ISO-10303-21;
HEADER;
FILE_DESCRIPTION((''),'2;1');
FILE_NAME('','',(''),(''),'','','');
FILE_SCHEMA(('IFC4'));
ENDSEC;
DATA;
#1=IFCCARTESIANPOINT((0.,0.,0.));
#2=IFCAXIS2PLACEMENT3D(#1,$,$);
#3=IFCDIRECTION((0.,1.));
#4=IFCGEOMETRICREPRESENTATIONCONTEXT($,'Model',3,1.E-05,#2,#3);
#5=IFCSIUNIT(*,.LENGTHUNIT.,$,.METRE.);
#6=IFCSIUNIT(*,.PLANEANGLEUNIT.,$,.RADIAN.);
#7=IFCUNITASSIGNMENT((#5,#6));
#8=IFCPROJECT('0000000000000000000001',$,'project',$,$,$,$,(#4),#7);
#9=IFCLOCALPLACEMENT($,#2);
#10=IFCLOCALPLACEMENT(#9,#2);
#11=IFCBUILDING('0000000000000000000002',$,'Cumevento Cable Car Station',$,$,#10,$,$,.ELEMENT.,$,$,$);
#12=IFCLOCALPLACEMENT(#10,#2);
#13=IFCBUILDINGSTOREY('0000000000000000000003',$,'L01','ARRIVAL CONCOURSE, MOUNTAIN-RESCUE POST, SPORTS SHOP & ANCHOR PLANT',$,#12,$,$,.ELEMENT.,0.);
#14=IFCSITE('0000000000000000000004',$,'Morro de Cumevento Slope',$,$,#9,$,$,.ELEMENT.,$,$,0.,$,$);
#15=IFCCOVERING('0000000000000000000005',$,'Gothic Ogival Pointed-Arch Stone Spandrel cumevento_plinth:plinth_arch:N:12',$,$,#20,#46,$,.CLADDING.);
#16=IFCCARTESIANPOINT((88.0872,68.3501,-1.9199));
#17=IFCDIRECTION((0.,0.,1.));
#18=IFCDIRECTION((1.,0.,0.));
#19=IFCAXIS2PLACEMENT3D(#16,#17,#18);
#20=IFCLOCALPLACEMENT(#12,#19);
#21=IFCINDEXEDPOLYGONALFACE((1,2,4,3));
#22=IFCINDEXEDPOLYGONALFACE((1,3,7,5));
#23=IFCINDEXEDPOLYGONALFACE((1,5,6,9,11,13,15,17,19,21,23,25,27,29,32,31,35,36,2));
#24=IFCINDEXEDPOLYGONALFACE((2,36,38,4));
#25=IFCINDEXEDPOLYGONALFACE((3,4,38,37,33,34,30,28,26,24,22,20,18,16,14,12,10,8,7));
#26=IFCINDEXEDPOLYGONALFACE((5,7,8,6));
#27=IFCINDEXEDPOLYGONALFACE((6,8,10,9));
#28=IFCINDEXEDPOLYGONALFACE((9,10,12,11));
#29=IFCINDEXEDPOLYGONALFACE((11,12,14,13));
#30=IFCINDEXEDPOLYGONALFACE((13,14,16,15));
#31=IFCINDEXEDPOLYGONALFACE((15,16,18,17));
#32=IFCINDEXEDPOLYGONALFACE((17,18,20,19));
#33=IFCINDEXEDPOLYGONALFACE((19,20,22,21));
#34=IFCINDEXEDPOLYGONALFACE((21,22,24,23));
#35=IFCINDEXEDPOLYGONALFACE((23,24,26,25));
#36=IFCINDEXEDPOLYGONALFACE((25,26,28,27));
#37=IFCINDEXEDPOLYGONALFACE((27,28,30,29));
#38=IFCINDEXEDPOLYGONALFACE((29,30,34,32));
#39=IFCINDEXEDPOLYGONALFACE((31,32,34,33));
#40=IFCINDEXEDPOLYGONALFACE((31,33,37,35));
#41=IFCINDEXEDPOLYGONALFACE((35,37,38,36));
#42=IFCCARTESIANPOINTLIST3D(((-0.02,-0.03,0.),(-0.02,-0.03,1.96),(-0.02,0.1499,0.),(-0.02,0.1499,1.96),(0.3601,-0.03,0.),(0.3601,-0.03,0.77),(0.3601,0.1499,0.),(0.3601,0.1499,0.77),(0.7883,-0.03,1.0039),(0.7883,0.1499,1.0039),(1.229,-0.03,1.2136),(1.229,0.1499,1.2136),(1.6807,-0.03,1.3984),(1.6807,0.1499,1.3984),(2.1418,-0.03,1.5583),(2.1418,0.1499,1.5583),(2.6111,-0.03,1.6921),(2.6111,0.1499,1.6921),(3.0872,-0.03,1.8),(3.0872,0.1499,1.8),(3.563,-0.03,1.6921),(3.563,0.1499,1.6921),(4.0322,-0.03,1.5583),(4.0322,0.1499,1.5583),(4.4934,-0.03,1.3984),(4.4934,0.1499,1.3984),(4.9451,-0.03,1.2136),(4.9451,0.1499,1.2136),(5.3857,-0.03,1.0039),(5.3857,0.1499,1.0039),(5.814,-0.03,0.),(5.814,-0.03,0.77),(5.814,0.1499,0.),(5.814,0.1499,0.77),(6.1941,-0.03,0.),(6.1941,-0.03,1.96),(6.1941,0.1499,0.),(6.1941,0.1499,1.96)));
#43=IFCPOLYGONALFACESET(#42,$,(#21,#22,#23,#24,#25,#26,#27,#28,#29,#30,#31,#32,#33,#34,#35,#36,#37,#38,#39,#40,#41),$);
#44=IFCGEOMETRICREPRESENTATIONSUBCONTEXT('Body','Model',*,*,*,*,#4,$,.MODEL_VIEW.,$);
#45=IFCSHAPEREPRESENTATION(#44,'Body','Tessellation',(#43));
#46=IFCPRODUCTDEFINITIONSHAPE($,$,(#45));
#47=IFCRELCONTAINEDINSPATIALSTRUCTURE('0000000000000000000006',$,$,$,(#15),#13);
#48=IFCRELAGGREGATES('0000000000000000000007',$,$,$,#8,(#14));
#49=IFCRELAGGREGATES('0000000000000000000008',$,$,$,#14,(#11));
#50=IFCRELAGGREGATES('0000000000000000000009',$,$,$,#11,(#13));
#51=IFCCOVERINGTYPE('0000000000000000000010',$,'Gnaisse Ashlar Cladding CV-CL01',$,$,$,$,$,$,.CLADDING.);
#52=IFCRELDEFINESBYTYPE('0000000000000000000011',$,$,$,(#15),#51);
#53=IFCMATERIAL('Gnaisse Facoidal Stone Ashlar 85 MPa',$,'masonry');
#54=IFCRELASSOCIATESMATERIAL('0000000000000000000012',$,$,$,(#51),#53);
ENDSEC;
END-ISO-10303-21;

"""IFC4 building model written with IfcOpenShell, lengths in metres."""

from ifc_helpers import new_model, si_unit, direction, frame, origin, place, context, subcontext, project, spatial, polyline, outline, extrude, material, type_object, element, save


model = new_model("IFC4")

# Units and contexts
model_context = context("Model", 3, precision=1e-05, world=origin(), true_north=direction((0.0, 1.0)))
body_context = subcontext(model_context, "Body", "Model", "MODEL_VIEW")
ifc_project = project(units=[si_unit("LENGTHUNIT", "METRE"), si_unit("PLANEANGLEUNIT", "RADIAN")], contexts=[model_context])

# Site, building, storey
site_placement = place(None, origin())
site = spatial("IfcSite", under=ifc_project, at=site_placement, Name="Morro de Cumevento Slope", CompositionType="ELEMENT", RefElevation=0.0)
building_placement = place(site_placement, origin())
building = spatial("IfcBuilding", under=site, at=building_placement, Name="Cumevento Cable Car Station", CompositionType="ELEMENT")
storey_placement = place(building_placement, origin())
storey = spatial("IfcBuildingStorey", under=building, at=storey_placement, Name="L01", Description="ARRIVAL CONCOURSE, MOUNTAIN-RESCUE POST, SPORTS SHOP & ANCHOR PLANT", CompositionType="ELEMENT", Elevation=0.0)

# Covering
ifc_material_1 = material(Name="Gnaisse Facoidal Stone Ashlar 85 MPa", Category="masonry")
covering_type = type_object("IfcCoveringType", Name="Gnaisse Ashlar Cladding CV-CL01", PredefinedType="CLADDING", material=ifc_material_1)
for number, where, z_axis, x_axis, name in (
    (1, (88.0872, 68.3501, -1.9199), (0.0, 0.0, 1.0), (1.0, 0.0, 0.0), "Gothic Ogival Pointed-Arch Stone Spandrel cumevento_plinth:plinth_arch:N:12"),
):
    element("IfcCovering", number, at=place(storey_placement, frame(where, z_axis=z_axis, x_axis=x_axis)), inside=storey, type_object=covering_type, Name=name, PredefinedType="CLADDING", context=body_context, shape_type="SweptSolid", body=[
        extrude(outline(polyline([(-0.02, 0.0), (-0.02, 1.96), (6.1941, 1.96), (6.1941, 0.0), (5.814, 0.0), (5.814, 0.77), (5.3857, 1.0039), (4.9451, 1.2136), (4.4934, 1.3984), (4.0322, 1.5583), (3.563, 1.6921), (3.0872, 1.8), (2.6111, 1.6921), (2.1418, 1.5583), (1.6807, 1.3984), (1.229, 1.2136), (0.7883, 1.0039), (0.3601, 0.77), (0.3601, 0.0), (-0.02, 0.0)])), frame((0.0, 0.1499, 0.0), z_axis=(0.0, -1.0, 0.0), x_axis=(1.0, 0.0, 0.0)), (0.0, 0.0, 1.0), 0.1799),
    ])

save(model, "model.ifc")
